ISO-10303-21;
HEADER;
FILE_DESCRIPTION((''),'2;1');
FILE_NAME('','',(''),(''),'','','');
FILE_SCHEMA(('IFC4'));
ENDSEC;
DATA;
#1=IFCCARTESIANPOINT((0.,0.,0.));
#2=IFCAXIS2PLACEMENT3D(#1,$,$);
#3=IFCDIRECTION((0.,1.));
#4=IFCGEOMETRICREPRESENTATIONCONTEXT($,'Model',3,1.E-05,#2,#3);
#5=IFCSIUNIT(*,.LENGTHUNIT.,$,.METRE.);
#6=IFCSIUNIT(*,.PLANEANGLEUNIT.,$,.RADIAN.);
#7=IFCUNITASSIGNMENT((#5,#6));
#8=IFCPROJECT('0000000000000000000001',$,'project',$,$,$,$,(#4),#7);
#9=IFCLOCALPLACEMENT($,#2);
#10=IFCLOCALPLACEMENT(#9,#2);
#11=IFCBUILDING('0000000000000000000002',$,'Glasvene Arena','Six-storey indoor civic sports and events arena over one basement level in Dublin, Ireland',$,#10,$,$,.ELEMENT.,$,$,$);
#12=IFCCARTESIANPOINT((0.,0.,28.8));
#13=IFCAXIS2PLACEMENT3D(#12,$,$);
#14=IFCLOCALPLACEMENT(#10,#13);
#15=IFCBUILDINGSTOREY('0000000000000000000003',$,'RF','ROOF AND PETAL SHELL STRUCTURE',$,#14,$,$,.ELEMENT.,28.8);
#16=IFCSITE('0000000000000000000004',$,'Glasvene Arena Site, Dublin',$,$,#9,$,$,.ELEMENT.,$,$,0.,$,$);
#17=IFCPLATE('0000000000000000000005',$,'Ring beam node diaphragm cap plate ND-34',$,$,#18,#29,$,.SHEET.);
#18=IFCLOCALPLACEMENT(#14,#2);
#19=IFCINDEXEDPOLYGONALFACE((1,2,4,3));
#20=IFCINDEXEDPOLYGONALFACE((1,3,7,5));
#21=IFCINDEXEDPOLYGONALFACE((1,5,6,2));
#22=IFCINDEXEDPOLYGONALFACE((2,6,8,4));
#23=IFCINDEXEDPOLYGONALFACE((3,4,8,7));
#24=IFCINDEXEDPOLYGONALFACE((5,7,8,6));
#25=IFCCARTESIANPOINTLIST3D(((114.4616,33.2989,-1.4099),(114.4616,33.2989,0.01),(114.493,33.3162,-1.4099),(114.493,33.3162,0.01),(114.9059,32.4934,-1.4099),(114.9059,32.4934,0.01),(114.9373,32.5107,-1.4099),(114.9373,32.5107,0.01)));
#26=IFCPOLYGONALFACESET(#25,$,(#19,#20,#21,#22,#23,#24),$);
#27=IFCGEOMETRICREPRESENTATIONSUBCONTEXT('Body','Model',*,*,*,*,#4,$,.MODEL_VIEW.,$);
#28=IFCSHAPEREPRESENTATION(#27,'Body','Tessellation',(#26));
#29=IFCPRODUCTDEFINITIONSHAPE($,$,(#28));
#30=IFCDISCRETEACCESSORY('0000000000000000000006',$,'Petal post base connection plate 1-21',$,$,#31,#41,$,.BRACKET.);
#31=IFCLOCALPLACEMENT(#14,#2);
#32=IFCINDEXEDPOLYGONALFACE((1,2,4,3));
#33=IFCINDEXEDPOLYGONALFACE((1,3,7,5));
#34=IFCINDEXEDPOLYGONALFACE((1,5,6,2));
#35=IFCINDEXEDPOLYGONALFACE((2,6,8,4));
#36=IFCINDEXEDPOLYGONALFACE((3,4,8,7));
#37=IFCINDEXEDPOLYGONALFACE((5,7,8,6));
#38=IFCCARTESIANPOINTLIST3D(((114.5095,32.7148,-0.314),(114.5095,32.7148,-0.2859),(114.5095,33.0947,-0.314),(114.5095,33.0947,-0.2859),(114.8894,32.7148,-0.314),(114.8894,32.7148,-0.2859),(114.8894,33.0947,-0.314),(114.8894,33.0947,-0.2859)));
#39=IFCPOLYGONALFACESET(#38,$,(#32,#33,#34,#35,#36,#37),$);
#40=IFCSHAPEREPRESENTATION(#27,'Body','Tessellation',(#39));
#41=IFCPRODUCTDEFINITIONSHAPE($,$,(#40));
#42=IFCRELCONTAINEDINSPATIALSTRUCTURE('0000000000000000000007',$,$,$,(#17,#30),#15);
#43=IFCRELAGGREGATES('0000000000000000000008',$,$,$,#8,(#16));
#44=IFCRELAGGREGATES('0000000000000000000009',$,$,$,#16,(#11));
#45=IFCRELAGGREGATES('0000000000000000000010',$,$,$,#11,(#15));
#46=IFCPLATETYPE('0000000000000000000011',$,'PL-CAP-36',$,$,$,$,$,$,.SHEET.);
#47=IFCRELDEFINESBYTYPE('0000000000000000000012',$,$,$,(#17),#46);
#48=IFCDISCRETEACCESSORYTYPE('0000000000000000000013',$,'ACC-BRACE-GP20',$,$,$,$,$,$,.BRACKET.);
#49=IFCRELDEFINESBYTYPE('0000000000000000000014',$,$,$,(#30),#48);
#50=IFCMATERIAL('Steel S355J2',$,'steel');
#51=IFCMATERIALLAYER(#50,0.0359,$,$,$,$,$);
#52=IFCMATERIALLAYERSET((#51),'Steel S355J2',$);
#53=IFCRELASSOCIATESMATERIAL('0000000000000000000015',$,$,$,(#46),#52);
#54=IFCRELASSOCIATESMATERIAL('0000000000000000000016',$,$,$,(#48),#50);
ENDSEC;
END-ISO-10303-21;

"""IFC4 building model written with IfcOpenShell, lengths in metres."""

from ifc_helpers import new_model, si_unit, direction, frame, origin, origin_2d, place, context, subcontext, project, spatial, rectangle, extrude, material, layer, layer_set, type_object, element, save


model = new_model("IFC4")

# Units and contexts
model_context = context("Model", 3, precision=1e-05, world=origin(), true_north=direction((0.0, 1.0)))
body_context = subcontext(model_context, "Body", "Model", "MODEL_VIEW")
ifc_project = project(units=[si_unit("LENGTHUNIT", "METRE"), si_unit("PLANEANGLEUNIT", "RADIAN")], contexts=[model_context])

# Site, building, storey
site_placement = place(None, origin())
site = spatial("IfcSite", under=ifc_project, at=site_placement, Name="Glasvene Arena Site, Dublin", CompositionType="ELEMENT", RefElevation=0.0)
building_placement = place(site_placement, origin())
building = spatial("IfcBuilding", under=site, at=building_placement, Name="Glasvene Arena", Description="Six-storey indoor civic sports and events arena over one basement level in Dublin, Ireland", CompositionType="ELEMENT")
storey_placement = place(building_placement, frame((0.0, 0.0, 28.8)))
storey = spatial("IfcBuildingStorey", under=building, at=storey_placement, Name="RF", Description="ROOF AND PETAL SHELL STRUCTURE", CompositionType="ELEMENT", Elevation=28.8)

# Shared definitions
ifc_material_1 = material(Name="Steel S355J2", Category="steel")

# Plate
ifc_layer_1 = layer(ifc_material_1, 0.0359)
ifc_layer_set_1 = layer_set([ifc_layer_1], Name="Steel S355J2")
plate_type_1 = type_object("IfcPlateType", Name="PL-CAP-36", PredefinedType="SHEET", material=ifc_layer_set_1)
plate_1_placement = place(storey_placement, frame((114.6995, 32.9048, -1.4099), z_axis=(0.0, 0.0, 1.0), x_axis=(0.875633, 0.482977, 0.0)))
element("IfcPlate", 1, at=plate_1_placement, inside=storey, type_object=plate_type_1, Name="Ring beam node diaphragm cap plate ND-34", PredefinedType="SHEET", context=body_context, shape_type="SweptSolid", body=[
    extrude(rectangle(XDim=0.0359, YDim=0.9199, at=origin_2d()), origin(), (0.0, 0.0, 1.0), 1.4199),
])

# Discrete accessory
discrete_accessory_type = type_object("IfcDiscreteAccessoryType", Name="ACC-BRACE-GP20", PredefinedType="BRACKET", material=ifc_material_1)
discrete_accessory_placement = place(storey_placement, frame((114.6995, 32.9048, -0.314), z_axis=(0.0, 0.0, 1.0), x_axis=(1.0, 0.0, 0.0)))
element("IfcDiscreteAccessory", 2, at=discrete_accessory_placement, inside=storey, type_object=discrete_accessory_type, Name="Petal post base connection plate 1-21", PredefinedType="BRACKET", context=body_context, shape_type="SweptSolid", body=[
    extrude(rectangle(XDim=0.3799, YDim=0.3799, at=origin_2d()), origin(), (0.0, 0.0, 1.0), 0.0281),
])

save(model, "model.ifc")
